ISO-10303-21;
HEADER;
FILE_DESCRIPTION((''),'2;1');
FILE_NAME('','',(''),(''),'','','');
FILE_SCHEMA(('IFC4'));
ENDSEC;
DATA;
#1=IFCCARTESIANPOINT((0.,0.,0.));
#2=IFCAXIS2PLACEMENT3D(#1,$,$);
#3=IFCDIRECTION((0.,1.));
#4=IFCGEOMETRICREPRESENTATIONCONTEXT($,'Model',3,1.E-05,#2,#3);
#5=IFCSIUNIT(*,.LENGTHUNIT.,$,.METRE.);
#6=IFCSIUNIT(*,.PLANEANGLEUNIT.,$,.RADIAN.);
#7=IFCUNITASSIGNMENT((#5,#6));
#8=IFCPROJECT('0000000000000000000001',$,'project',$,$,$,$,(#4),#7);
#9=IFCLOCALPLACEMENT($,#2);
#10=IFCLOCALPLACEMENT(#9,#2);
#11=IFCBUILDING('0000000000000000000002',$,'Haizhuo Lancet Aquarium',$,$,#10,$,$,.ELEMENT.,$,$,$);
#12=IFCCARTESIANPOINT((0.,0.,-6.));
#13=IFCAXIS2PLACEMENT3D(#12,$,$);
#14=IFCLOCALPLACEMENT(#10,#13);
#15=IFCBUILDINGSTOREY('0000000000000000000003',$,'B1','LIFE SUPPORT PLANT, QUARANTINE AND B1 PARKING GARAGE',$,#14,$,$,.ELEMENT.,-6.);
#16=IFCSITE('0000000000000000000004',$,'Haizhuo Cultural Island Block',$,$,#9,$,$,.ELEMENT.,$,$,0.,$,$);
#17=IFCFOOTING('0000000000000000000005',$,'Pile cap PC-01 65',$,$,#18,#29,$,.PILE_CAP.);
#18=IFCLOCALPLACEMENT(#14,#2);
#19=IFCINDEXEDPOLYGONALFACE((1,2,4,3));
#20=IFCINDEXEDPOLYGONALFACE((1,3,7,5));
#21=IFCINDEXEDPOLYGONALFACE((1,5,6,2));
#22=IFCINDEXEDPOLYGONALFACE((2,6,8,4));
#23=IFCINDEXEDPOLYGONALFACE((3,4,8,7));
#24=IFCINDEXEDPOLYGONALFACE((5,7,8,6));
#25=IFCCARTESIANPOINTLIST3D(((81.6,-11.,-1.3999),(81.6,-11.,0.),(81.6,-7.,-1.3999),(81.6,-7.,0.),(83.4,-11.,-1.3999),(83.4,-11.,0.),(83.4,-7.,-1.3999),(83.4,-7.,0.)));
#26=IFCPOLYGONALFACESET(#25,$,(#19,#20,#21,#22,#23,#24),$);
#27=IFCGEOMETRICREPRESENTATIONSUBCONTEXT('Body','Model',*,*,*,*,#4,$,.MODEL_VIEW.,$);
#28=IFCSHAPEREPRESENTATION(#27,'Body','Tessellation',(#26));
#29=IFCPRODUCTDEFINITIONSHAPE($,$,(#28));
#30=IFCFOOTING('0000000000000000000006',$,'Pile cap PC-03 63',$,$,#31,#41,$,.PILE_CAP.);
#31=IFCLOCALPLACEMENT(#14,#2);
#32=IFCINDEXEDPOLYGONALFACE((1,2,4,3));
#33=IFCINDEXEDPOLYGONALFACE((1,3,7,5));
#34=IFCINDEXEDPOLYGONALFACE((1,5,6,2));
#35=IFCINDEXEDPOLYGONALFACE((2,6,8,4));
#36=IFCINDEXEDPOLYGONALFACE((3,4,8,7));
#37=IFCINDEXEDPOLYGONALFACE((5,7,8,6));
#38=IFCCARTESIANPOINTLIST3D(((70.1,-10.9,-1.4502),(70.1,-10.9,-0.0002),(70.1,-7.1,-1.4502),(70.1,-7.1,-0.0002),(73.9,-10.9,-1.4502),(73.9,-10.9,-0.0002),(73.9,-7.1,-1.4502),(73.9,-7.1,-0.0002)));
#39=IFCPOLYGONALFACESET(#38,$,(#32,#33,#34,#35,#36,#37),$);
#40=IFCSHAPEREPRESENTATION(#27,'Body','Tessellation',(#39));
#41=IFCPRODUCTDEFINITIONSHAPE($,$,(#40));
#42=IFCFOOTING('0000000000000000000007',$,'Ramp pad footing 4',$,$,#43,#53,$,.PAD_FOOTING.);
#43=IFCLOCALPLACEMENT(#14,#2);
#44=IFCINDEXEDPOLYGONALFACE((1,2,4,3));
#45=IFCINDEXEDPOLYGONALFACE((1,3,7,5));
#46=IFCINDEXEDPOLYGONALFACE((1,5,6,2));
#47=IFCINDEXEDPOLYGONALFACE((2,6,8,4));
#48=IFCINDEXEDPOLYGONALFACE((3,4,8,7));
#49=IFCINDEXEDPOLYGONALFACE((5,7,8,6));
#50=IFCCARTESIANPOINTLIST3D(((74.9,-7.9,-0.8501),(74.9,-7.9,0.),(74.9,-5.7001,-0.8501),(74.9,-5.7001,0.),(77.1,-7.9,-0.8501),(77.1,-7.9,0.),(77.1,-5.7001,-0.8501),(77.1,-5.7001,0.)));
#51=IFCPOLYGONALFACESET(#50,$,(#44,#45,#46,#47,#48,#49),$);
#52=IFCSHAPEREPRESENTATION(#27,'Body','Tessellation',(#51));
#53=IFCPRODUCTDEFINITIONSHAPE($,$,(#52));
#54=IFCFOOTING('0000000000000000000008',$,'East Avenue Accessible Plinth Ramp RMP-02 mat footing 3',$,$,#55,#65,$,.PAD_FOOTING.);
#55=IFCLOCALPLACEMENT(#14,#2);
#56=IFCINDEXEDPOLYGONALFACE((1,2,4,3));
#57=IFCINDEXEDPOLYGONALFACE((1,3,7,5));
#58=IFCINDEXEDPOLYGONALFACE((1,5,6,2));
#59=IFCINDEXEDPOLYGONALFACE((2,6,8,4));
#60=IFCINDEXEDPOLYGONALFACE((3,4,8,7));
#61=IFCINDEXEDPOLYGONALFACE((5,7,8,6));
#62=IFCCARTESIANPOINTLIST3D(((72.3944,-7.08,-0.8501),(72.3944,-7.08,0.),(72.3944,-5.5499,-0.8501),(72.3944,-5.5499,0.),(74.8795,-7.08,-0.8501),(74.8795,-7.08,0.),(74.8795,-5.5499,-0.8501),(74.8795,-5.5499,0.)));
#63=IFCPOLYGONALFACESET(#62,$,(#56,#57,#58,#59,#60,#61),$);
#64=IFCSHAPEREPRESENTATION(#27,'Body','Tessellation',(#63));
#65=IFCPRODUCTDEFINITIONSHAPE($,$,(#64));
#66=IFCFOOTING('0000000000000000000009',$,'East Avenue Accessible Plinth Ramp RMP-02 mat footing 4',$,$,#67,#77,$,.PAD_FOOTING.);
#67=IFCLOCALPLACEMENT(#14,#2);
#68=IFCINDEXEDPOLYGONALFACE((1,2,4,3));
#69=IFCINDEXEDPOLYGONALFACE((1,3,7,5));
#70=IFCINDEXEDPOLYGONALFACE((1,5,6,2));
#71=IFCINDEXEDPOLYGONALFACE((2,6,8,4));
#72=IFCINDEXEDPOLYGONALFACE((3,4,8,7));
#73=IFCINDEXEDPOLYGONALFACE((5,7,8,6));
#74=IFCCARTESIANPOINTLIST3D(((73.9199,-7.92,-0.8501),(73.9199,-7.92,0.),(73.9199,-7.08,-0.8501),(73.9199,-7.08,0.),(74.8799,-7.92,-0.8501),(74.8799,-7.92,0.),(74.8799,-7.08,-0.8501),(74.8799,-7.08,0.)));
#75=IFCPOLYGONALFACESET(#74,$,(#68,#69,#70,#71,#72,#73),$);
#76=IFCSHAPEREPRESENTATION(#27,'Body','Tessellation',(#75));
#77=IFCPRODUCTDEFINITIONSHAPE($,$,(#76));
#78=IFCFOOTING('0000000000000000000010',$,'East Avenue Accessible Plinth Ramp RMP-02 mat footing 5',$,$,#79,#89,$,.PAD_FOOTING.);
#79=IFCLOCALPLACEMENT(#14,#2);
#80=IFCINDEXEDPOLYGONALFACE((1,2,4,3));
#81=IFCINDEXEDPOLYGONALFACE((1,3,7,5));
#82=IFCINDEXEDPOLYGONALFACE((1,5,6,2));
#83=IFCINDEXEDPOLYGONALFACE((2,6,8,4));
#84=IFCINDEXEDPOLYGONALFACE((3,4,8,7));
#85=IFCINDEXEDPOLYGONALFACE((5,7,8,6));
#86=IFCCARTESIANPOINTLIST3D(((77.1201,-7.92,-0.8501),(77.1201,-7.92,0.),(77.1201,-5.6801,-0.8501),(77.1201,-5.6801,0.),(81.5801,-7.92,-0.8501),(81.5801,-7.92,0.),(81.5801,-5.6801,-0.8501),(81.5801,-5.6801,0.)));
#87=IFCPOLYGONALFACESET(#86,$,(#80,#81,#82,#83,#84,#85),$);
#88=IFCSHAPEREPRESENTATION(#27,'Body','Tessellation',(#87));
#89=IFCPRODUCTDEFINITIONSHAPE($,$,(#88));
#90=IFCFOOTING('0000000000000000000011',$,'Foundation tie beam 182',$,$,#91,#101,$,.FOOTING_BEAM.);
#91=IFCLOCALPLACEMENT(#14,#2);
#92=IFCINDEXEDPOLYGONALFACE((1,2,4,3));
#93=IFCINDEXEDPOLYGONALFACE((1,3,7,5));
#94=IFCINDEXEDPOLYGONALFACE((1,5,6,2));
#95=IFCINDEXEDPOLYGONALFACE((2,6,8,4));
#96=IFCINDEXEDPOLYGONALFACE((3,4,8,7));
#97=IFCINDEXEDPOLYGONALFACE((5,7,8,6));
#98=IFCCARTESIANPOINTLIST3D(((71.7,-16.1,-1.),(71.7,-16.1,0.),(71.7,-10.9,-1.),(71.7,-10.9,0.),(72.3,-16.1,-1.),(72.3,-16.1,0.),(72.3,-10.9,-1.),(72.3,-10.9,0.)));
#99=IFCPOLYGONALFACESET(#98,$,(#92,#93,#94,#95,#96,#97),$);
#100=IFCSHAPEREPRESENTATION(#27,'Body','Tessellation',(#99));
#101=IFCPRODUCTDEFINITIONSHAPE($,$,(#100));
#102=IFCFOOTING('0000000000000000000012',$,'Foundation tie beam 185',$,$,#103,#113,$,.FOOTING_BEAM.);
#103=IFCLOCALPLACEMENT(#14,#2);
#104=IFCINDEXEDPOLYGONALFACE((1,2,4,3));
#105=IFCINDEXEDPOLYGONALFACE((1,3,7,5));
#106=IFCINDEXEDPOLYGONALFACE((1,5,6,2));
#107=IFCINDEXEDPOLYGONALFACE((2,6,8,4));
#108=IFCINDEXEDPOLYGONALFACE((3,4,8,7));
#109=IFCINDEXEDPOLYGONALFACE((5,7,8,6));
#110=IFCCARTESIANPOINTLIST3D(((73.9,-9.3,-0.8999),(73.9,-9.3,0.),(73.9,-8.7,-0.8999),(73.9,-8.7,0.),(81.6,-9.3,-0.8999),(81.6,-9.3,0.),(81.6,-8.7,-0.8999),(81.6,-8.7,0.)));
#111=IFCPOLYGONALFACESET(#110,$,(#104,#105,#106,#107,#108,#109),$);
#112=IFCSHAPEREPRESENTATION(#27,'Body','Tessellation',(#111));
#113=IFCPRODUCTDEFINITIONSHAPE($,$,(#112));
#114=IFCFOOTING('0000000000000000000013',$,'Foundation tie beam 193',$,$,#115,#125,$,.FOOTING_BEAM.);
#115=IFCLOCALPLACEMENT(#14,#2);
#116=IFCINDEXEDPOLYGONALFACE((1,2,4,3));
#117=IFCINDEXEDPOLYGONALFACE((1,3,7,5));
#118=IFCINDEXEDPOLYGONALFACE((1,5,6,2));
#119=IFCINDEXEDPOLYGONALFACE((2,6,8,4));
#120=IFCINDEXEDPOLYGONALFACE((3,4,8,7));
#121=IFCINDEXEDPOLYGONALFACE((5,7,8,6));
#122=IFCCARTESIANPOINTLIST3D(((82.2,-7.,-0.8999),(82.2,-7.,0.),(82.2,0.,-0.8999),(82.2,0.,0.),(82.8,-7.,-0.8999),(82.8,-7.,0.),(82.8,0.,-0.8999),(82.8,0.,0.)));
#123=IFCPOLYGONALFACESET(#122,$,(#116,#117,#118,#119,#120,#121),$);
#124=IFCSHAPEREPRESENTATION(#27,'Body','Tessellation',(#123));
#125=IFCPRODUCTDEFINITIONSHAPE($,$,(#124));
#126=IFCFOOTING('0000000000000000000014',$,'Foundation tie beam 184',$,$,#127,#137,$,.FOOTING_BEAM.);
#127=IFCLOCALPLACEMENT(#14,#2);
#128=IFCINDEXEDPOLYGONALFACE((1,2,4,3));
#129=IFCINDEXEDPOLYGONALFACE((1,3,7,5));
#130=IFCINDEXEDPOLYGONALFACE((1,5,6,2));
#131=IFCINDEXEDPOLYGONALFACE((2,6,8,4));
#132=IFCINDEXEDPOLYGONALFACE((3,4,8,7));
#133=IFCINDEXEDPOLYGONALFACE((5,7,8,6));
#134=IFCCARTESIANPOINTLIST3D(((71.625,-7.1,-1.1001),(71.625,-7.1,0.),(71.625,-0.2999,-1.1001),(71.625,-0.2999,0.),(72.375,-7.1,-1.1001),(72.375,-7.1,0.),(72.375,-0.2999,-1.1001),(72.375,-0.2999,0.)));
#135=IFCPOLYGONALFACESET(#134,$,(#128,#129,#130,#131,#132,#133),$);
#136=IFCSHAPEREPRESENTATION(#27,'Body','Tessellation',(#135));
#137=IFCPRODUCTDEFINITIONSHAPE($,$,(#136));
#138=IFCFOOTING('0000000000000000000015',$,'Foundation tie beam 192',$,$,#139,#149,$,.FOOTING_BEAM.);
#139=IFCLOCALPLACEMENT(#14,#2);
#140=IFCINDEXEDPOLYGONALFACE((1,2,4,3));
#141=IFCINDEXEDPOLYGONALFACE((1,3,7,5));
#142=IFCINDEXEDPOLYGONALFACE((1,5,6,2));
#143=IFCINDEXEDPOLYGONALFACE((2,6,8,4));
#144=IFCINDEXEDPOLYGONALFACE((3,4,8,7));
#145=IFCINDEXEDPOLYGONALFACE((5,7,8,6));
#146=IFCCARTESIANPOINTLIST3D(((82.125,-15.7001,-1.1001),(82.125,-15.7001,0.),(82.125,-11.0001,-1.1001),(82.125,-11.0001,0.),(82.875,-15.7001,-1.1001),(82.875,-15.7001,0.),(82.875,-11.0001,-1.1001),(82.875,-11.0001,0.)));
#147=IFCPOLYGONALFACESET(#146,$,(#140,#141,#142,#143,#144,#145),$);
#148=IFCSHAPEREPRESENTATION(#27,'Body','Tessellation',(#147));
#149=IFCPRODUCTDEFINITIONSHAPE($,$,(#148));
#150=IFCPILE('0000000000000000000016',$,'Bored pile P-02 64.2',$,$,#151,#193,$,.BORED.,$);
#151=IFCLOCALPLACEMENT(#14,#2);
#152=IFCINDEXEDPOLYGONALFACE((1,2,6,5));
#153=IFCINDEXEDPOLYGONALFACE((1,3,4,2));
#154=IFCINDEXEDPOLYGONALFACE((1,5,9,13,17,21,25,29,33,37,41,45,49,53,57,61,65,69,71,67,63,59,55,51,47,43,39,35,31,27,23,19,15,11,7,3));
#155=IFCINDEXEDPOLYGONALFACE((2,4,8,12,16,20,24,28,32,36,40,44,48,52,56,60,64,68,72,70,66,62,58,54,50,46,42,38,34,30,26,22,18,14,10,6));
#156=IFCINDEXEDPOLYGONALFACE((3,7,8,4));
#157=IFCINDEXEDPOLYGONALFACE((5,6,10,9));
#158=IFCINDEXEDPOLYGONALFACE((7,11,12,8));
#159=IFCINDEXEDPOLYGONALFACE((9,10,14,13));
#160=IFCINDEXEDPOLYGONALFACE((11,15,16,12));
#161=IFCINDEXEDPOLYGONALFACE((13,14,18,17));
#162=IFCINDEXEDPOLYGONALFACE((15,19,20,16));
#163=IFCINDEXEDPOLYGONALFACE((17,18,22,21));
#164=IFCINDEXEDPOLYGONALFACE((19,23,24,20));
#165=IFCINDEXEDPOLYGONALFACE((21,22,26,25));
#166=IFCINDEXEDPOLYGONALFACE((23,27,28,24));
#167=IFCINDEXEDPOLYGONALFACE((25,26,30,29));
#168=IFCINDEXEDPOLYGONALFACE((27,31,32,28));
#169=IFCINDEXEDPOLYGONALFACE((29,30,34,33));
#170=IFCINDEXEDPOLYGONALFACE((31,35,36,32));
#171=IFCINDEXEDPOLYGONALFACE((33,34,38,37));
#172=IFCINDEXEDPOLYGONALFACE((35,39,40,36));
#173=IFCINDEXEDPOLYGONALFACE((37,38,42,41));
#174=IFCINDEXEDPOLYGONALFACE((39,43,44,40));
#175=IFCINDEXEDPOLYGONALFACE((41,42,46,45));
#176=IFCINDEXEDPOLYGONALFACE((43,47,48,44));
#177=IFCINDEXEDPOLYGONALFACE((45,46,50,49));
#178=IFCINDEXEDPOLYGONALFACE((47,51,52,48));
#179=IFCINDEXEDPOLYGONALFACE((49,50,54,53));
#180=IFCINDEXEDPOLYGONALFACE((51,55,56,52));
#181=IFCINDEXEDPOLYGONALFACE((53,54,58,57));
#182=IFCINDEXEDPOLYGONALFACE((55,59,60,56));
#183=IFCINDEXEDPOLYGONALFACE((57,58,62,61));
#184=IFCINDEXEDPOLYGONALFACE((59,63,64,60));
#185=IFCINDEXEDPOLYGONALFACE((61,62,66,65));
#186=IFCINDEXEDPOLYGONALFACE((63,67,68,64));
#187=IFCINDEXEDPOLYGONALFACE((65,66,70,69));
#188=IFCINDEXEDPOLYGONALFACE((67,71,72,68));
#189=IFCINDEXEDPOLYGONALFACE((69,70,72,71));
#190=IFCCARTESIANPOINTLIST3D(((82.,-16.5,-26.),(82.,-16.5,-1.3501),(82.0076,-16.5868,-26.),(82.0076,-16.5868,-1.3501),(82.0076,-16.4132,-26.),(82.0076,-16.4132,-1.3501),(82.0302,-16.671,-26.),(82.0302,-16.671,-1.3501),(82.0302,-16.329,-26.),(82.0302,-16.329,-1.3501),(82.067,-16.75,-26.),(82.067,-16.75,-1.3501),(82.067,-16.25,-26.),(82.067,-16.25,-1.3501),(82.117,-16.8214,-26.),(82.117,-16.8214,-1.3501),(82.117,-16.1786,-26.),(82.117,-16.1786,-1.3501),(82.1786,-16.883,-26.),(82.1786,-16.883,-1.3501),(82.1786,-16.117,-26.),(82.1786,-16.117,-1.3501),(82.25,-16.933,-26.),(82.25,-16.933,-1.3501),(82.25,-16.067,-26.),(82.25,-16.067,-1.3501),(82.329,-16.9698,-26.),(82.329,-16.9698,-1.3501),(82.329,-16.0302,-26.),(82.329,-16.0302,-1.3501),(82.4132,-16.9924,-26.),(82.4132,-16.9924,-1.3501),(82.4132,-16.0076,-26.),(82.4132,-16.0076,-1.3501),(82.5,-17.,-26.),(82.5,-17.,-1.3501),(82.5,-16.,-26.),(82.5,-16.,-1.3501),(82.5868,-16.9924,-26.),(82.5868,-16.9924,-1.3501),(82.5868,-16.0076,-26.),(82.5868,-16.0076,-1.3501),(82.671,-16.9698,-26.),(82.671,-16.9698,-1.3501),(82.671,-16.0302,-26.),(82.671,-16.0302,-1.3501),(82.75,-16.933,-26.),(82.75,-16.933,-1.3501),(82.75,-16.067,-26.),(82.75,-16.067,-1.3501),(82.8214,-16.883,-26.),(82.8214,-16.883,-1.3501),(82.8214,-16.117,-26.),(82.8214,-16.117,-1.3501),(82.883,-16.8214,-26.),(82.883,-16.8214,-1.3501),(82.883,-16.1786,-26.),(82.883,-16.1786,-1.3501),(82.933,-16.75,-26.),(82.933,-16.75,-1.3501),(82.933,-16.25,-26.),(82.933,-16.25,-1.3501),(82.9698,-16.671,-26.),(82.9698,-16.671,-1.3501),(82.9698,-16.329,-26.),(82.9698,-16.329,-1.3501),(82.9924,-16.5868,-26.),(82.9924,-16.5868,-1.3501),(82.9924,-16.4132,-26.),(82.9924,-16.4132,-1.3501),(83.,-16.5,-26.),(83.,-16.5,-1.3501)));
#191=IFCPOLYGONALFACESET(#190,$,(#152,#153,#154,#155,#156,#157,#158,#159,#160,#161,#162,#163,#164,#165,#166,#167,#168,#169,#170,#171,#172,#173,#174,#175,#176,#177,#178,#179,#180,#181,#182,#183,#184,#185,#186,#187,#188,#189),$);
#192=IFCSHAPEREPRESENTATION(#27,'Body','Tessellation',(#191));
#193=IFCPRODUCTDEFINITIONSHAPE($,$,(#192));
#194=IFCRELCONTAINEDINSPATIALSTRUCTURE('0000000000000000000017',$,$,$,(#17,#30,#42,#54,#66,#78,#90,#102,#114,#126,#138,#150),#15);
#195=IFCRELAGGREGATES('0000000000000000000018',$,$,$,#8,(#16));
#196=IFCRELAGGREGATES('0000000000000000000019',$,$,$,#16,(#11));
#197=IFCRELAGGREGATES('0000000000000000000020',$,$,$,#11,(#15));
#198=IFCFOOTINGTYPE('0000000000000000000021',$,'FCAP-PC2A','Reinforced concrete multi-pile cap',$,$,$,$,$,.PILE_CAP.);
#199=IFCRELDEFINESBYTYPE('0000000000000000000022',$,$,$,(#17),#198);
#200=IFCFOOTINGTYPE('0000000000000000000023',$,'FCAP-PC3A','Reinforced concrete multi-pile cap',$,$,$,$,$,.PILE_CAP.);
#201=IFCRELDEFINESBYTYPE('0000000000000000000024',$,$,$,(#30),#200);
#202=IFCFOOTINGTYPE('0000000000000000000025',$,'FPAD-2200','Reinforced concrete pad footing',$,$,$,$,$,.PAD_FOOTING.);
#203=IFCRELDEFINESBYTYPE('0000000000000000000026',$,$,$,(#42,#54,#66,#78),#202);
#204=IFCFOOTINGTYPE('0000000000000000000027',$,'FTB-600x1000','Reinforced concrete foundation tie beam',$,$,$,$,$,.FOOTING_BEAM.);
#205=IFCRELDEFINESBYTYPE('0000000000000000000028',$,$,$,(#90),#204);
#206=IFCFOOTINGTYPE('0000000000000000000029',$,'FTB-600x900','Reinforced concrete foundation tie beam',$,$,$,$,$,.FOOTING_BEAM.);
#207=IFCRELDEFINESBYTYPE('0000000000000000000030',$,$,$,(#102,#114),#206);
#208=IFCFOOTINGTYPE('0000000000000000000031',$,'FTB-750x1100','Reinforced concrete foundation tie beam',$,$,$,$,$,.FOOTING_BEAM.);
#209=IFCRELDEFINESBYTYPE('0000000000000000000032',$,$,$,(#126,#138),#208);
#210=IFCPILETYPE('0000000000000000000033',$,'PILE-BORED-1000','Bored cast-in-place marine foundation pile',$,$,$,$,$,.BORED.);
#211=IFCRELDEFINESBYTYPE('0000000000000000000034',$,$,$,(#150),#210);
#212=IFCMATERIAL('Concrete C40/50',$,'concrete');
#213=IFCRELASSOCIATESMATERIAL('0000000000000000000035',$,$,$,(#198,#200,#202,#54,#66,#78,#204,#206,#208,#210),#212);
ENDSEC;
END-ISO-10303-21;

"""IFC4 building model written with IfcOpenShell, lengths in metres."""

from ifc_helpers import new_model, si_unit, direction, frame, origin, origin_2d, place, context, subcontext, project, spatial, rectangle, circle, extrude, material, material_profile, profile_set, type_object, element, save


model = new_model("IFC4")

# Units and contexts
model_context = context("Model", 3, precision=1e-05, world=origin(), true_north=direction((0.0, 1.0)))
body_context = subcontext(model_context, "Body", "Model", "MODEL_VIEW")
ifc_project = project(units=[si_unit("LENGTHUNIT", "METRE"), si_unit("PLANEANGLEUNIT", "RADIAN")], contexts=[model_context])

# Site, building, storey
site_placement = place(None, origin())
site = spatial("IfcSite", under=ifc_project, at=site_placement, Name="Haizhuo Cultural Island Block", CompositionType="ELEMENT", RefElevation=0.0)
building_placement = place(site_placement, origin())
building = spatial("IfcBuilding", under=site, at=building_placement, Name="Haizhuo Lancet Aquarium", CompositionType="ELEMENT")
storey_placement = place(building_placement, frame((0.0, 0.0, -6.0)))
storey = spatial("IfcBuildingStorey", under=building, at=storey_placement, Name="B1", Description="LIFE SUPPORT PLANT, QUARANTINE AND B1 PARKING GARAGE", CompositionType="ELEMENT", Elevation=-6.0)

# Footings
ifc_material_1 = material(Name="Concrete C40/50", Category="concrete")
footing_type_1 = type_object("IfcFootingType", Name="FCAP-PC2A", Description="Reinforced concrete multi-pile cap", PredefinedType="PILE_CAP", material=ifc_material_1)
footing_1_placement = place(storey_placement, frame((82.5, -9.0, -1.3999), z_axis=(0.0, 0.0, 1.0), x_axis=(1.0, 0.0, 0.0)))
element("IfcFooting", 1, at=footing_1_placement, inside=storey, type_object=footing_type_1, Name="Pile cap PC-01 65", PredefinedType="PILE_CAP", context=body_context, shape_type="SweptSolid", body=[
    extrude(rectangle(XDim=1.8, YDim=4.0, at=origin_2d()), origin(), (0.0, 0.0, 1.0), 1.3999),
])
footing_type_2 = type_object("IfcFootingType", Name="FCAP-PC3A", Description="Reinforced concrete multi-pile cap", PredefinedType="PILE_CAP", material=ifc_material_1)
footing_2_placement = place(storey_placement, frame((72.0, -9.0, -1.4502), z_axis=(0.0, 0.0, 1.0), x_axis=(1.0, 0.0, 0.0)))
element("IfcFooting", 2, at=footing_2_placement, inside=storey, type_object=footing_type_2, Name="Pile cap PC-03 63", PredefinedType="PILE_CAP", context=body_context, shape_type="SweptSolid", body=[
    extrude(rectangle(XDim=3.8, YDim=3.8, at=origin_2d()), origin(), (0.0, 0.0, 1.0), 1.45),
])
footing_type_3 = type_object("IfcFootingType", Name="FPAD-2200", Description="Reinforced concrete pad footing", PredefinedType="PAD_FOOTING", material=ifc_material_1)
footing_3_placement = place(storey_placement, frame((76.0, -6.8, -0.8501), z_axis=(0.0, 0.0, 1.0), x_axis=(1.0, 0.0, 0.0)))
element("IfcFooting", 3, at=footing_3_placement, inside=storey, type_object=footing_type_3, Name="Ramp pad footing 4", PredefinedType="PAD_FOOTING", context=body_context, shape_type="SweptSolid", body=[
    extrude(rectangle(XDim=2.2, YDim=2.2, at=origin_2d()), origin(), (0.0, 0.0, 1.0), 0.8501),
])
footing_4_placement = place(storey_placement, frame((73.637, -6.3149, -0.8501), z_axis=(0.0, 0.0, 1.0), x_axis=(1.0, 0.0, 0.0)))
element("IfcFooting", 4, at=footing_4_placement, inside=storey, type_object=footing_type_3, material=ifc_material_1, Name="East Avenue Accessible Plinth Ramp RMP-02 mat footing 3", PredefinedType="PAD_FOOTING", context=body_context, shape_type="SweptSolid", body=[
    extrude(rectangle(XDim=2.4851, YDim=1.53, at=origin_2d()), origin(), (0.0, 0.0, 1.0), 0.8501),
])
footing_5_placement = place(storey_placement, frame((74.3999, -7.5, -0.8501), z_axis=(0.0, 0.0, 1.0), x_axis=(1.0, 0.0, 0.0)))
element("IfcFooting", 5, at=footing_5_placement, inside=storey, type_object=footing_type_3, material=ifc_material_1, Name="East Avenue Accessible Plinth Ramp RMP-02 mat footing 4", PredefinedType="PAD_FOOTING", context=body_context, shape_type="SweptSolid", body=[
    extrude(rectangle(XDim=0.96, YDim=0.8401, at=origin_2d()), origin(), (0.0, 0.0, 1.0), 0.8501),
])
footing_6_placement = place(storey_placement, frame((79.3501, -6.8, -0.8501), z_axis=(0.0, 0.0, 1.0), x_axis=(1.0, 0.0, 0.0)))
element("IfcFooting", 6, at=footing_6_placement, inside=storey, type_object=footing_type_3, material=ifc_material_1, Name="East Avenue Accessible Plinth Ramp RMP-02 mat footing 5", PredefinedType="PAD_FOOTING", context=body_context, shape_type="SweptSolid", body=[
    extrude(rectangle(XDim=4.46, YDim=2.24, at=origin_2d()), origin(), (0.0, 0.0, 1.0), 0.8501),
])
footing_type_4 = type_object("IfcFootingType", Name="FTB-600x1000", Description="Reinforced concrete foundation tie beam", PredefinedType="FOOTING_BEAM", material=ifc_material_1)
footing_7_placement = place(storey_placement, frame((72.0, -13.5, -1.0), z_axis=(0.0, 0.0, 1.0), x_axis=(0.0, 1.0, 0.0)))
element("IfcFooting", 7, at=footing_7_placement, inside=storey, type_object=footing_type_4, Name="Foundation tie beam 182", PredefinedType="FOOTING_BEAM", context=body_context, shape_type="SweptSolid", body=[
    extrude(rectangle(XDim=5.2, YDim=0.6001, at=origin_2d()), origin(), (0.0, 0.0, 1.0), 1.0),
])
footing_type_5 = type_object("IfcFootingType", Name="FTB-600x900", Description="Reinforced concrete foundation tie beam", PredefinedType="FOOTING_BEAM", material=ifc_material_1)
footing_8_placement = place(storey_placement, frame((77.75, -9.0, -0.8999), z_axis=(0.0, 0.0, 1.0), x_axis=(1.0, 0.0, 0.0)))
element("IfcFooting", 8, at=footing_8_placement, inside=storey, type_object=footing_type_5, Name="Foundation tie beam 185", PredefinedType="FOOTING_BEAM", context=body_context, shape_type="SweptSolid", body=[
    extrude(rectangle(XDim=7.7, YDim=0.6001, at=origin_2d()), origin(), (0.0, 0.0, 1.0), 0.8999),
])
footing_9_placement = place(storey_placement, frame((82.5, -3.5, -0.8999), z_axis=(0.0, 0.0, 1.0), x_axis=(0.0, 1.0, 0.0)))
element("IfcFooting", 9, at=footing_9_placement, inside=storey, type_object=footing_type_5, Name="Foundation tie beam 193", PredefinedType="FOOTING_BEAM", context=body_context, shape_type="SweptSolid", body=[
    extrude(rectangle(XDim=7.0, YDim=0.6001, at=origin_2d()), origin(), (0.0, 0.0, 1.0), 0.8999),
])
footing_type_6 = type_object("IfcFootingType", Name="FTB-750x1100", Description="Reinforced concrete foundation tie beam", PredefinedType="FOOTING_BEAM", material=ifc_material_1)
footing_10_placement = place(storey_placement, frame((72.0, -3.7, -1.1001), z_axis=(0.0, 0.0, 1.0), x_axis=(0.0, 1.0, 0.0)))
element("IfcFooting", 10, at=footing_10_placement, inside=storey, type_object=footing_type_6, Name="Foundation tie beam 184", PredefinedType="FOOTING_BEAM", context=body_context, shape_type="SweptSolid", body=[
    extrude(rectangle(XDim=6.8, YDim=0.75, at=origin_2d()), origin(), (0.0, 0.0, 1.0), 1.1001),
])
footing_11_placement = place(storey_placement, frame((82.5, -13.3501, -1.1001), z_axis=(0.0, 0.0, 1.0), x_axis=(0.0, 1.0, 0.0)))
element("IfcFooting", 11, at=footing_11_placement, inside=storey, type_object=footing_type_6, Name="Foundation tie beam 192", PredefinedType="FOOTING_BEAM", context=body_context, shape_type="SweptSolid", body=[
    extrude(rectangle(XDim=4.7, YDim=0.75, at=origin_2d()), origin(), (0.0, 0.0, 1.0), 1.1001),
])

# Pile
ifc_material_profile_1 = material_profile(ifc_material_1, circle(Radius=0.5, at=origin_2d()), Name="PILE-1000")
ifc_profile_set_1 = profile_set([ifc_material_profile_1], Name="Concrete C40/50")
pile_type_1 = type_object("IfcPileType", Name="PILE-BORED-1000", Description="Bored cast-in-place marine foundation pile", PredefinedType="BORED", material=ifc_profile_set_1)
for number, where, z_axis, x_axis, name in (
    (12, (82.5, -16.5, -1.3501), (0.0, 0.0, -1.0), (1.0, 0.0, 0.0), "Bored pile P-02 64.2"),
):
    element("IfcPile", number, at=place(storey_placement, frame(where, z_axis=z_axis, x_axis=x_axis)), inside=storey, type_object=pile_type_1, Name=name, PredefinedType="BORED", context=body_context, shape_type="SweptSolid", body=[
        extrude(circle(Radius=0.5, at=origin_2d()), origin(), (0.0, 0.0, 1.0), 24.6499),
    ])

save(model, "model.ifc")
